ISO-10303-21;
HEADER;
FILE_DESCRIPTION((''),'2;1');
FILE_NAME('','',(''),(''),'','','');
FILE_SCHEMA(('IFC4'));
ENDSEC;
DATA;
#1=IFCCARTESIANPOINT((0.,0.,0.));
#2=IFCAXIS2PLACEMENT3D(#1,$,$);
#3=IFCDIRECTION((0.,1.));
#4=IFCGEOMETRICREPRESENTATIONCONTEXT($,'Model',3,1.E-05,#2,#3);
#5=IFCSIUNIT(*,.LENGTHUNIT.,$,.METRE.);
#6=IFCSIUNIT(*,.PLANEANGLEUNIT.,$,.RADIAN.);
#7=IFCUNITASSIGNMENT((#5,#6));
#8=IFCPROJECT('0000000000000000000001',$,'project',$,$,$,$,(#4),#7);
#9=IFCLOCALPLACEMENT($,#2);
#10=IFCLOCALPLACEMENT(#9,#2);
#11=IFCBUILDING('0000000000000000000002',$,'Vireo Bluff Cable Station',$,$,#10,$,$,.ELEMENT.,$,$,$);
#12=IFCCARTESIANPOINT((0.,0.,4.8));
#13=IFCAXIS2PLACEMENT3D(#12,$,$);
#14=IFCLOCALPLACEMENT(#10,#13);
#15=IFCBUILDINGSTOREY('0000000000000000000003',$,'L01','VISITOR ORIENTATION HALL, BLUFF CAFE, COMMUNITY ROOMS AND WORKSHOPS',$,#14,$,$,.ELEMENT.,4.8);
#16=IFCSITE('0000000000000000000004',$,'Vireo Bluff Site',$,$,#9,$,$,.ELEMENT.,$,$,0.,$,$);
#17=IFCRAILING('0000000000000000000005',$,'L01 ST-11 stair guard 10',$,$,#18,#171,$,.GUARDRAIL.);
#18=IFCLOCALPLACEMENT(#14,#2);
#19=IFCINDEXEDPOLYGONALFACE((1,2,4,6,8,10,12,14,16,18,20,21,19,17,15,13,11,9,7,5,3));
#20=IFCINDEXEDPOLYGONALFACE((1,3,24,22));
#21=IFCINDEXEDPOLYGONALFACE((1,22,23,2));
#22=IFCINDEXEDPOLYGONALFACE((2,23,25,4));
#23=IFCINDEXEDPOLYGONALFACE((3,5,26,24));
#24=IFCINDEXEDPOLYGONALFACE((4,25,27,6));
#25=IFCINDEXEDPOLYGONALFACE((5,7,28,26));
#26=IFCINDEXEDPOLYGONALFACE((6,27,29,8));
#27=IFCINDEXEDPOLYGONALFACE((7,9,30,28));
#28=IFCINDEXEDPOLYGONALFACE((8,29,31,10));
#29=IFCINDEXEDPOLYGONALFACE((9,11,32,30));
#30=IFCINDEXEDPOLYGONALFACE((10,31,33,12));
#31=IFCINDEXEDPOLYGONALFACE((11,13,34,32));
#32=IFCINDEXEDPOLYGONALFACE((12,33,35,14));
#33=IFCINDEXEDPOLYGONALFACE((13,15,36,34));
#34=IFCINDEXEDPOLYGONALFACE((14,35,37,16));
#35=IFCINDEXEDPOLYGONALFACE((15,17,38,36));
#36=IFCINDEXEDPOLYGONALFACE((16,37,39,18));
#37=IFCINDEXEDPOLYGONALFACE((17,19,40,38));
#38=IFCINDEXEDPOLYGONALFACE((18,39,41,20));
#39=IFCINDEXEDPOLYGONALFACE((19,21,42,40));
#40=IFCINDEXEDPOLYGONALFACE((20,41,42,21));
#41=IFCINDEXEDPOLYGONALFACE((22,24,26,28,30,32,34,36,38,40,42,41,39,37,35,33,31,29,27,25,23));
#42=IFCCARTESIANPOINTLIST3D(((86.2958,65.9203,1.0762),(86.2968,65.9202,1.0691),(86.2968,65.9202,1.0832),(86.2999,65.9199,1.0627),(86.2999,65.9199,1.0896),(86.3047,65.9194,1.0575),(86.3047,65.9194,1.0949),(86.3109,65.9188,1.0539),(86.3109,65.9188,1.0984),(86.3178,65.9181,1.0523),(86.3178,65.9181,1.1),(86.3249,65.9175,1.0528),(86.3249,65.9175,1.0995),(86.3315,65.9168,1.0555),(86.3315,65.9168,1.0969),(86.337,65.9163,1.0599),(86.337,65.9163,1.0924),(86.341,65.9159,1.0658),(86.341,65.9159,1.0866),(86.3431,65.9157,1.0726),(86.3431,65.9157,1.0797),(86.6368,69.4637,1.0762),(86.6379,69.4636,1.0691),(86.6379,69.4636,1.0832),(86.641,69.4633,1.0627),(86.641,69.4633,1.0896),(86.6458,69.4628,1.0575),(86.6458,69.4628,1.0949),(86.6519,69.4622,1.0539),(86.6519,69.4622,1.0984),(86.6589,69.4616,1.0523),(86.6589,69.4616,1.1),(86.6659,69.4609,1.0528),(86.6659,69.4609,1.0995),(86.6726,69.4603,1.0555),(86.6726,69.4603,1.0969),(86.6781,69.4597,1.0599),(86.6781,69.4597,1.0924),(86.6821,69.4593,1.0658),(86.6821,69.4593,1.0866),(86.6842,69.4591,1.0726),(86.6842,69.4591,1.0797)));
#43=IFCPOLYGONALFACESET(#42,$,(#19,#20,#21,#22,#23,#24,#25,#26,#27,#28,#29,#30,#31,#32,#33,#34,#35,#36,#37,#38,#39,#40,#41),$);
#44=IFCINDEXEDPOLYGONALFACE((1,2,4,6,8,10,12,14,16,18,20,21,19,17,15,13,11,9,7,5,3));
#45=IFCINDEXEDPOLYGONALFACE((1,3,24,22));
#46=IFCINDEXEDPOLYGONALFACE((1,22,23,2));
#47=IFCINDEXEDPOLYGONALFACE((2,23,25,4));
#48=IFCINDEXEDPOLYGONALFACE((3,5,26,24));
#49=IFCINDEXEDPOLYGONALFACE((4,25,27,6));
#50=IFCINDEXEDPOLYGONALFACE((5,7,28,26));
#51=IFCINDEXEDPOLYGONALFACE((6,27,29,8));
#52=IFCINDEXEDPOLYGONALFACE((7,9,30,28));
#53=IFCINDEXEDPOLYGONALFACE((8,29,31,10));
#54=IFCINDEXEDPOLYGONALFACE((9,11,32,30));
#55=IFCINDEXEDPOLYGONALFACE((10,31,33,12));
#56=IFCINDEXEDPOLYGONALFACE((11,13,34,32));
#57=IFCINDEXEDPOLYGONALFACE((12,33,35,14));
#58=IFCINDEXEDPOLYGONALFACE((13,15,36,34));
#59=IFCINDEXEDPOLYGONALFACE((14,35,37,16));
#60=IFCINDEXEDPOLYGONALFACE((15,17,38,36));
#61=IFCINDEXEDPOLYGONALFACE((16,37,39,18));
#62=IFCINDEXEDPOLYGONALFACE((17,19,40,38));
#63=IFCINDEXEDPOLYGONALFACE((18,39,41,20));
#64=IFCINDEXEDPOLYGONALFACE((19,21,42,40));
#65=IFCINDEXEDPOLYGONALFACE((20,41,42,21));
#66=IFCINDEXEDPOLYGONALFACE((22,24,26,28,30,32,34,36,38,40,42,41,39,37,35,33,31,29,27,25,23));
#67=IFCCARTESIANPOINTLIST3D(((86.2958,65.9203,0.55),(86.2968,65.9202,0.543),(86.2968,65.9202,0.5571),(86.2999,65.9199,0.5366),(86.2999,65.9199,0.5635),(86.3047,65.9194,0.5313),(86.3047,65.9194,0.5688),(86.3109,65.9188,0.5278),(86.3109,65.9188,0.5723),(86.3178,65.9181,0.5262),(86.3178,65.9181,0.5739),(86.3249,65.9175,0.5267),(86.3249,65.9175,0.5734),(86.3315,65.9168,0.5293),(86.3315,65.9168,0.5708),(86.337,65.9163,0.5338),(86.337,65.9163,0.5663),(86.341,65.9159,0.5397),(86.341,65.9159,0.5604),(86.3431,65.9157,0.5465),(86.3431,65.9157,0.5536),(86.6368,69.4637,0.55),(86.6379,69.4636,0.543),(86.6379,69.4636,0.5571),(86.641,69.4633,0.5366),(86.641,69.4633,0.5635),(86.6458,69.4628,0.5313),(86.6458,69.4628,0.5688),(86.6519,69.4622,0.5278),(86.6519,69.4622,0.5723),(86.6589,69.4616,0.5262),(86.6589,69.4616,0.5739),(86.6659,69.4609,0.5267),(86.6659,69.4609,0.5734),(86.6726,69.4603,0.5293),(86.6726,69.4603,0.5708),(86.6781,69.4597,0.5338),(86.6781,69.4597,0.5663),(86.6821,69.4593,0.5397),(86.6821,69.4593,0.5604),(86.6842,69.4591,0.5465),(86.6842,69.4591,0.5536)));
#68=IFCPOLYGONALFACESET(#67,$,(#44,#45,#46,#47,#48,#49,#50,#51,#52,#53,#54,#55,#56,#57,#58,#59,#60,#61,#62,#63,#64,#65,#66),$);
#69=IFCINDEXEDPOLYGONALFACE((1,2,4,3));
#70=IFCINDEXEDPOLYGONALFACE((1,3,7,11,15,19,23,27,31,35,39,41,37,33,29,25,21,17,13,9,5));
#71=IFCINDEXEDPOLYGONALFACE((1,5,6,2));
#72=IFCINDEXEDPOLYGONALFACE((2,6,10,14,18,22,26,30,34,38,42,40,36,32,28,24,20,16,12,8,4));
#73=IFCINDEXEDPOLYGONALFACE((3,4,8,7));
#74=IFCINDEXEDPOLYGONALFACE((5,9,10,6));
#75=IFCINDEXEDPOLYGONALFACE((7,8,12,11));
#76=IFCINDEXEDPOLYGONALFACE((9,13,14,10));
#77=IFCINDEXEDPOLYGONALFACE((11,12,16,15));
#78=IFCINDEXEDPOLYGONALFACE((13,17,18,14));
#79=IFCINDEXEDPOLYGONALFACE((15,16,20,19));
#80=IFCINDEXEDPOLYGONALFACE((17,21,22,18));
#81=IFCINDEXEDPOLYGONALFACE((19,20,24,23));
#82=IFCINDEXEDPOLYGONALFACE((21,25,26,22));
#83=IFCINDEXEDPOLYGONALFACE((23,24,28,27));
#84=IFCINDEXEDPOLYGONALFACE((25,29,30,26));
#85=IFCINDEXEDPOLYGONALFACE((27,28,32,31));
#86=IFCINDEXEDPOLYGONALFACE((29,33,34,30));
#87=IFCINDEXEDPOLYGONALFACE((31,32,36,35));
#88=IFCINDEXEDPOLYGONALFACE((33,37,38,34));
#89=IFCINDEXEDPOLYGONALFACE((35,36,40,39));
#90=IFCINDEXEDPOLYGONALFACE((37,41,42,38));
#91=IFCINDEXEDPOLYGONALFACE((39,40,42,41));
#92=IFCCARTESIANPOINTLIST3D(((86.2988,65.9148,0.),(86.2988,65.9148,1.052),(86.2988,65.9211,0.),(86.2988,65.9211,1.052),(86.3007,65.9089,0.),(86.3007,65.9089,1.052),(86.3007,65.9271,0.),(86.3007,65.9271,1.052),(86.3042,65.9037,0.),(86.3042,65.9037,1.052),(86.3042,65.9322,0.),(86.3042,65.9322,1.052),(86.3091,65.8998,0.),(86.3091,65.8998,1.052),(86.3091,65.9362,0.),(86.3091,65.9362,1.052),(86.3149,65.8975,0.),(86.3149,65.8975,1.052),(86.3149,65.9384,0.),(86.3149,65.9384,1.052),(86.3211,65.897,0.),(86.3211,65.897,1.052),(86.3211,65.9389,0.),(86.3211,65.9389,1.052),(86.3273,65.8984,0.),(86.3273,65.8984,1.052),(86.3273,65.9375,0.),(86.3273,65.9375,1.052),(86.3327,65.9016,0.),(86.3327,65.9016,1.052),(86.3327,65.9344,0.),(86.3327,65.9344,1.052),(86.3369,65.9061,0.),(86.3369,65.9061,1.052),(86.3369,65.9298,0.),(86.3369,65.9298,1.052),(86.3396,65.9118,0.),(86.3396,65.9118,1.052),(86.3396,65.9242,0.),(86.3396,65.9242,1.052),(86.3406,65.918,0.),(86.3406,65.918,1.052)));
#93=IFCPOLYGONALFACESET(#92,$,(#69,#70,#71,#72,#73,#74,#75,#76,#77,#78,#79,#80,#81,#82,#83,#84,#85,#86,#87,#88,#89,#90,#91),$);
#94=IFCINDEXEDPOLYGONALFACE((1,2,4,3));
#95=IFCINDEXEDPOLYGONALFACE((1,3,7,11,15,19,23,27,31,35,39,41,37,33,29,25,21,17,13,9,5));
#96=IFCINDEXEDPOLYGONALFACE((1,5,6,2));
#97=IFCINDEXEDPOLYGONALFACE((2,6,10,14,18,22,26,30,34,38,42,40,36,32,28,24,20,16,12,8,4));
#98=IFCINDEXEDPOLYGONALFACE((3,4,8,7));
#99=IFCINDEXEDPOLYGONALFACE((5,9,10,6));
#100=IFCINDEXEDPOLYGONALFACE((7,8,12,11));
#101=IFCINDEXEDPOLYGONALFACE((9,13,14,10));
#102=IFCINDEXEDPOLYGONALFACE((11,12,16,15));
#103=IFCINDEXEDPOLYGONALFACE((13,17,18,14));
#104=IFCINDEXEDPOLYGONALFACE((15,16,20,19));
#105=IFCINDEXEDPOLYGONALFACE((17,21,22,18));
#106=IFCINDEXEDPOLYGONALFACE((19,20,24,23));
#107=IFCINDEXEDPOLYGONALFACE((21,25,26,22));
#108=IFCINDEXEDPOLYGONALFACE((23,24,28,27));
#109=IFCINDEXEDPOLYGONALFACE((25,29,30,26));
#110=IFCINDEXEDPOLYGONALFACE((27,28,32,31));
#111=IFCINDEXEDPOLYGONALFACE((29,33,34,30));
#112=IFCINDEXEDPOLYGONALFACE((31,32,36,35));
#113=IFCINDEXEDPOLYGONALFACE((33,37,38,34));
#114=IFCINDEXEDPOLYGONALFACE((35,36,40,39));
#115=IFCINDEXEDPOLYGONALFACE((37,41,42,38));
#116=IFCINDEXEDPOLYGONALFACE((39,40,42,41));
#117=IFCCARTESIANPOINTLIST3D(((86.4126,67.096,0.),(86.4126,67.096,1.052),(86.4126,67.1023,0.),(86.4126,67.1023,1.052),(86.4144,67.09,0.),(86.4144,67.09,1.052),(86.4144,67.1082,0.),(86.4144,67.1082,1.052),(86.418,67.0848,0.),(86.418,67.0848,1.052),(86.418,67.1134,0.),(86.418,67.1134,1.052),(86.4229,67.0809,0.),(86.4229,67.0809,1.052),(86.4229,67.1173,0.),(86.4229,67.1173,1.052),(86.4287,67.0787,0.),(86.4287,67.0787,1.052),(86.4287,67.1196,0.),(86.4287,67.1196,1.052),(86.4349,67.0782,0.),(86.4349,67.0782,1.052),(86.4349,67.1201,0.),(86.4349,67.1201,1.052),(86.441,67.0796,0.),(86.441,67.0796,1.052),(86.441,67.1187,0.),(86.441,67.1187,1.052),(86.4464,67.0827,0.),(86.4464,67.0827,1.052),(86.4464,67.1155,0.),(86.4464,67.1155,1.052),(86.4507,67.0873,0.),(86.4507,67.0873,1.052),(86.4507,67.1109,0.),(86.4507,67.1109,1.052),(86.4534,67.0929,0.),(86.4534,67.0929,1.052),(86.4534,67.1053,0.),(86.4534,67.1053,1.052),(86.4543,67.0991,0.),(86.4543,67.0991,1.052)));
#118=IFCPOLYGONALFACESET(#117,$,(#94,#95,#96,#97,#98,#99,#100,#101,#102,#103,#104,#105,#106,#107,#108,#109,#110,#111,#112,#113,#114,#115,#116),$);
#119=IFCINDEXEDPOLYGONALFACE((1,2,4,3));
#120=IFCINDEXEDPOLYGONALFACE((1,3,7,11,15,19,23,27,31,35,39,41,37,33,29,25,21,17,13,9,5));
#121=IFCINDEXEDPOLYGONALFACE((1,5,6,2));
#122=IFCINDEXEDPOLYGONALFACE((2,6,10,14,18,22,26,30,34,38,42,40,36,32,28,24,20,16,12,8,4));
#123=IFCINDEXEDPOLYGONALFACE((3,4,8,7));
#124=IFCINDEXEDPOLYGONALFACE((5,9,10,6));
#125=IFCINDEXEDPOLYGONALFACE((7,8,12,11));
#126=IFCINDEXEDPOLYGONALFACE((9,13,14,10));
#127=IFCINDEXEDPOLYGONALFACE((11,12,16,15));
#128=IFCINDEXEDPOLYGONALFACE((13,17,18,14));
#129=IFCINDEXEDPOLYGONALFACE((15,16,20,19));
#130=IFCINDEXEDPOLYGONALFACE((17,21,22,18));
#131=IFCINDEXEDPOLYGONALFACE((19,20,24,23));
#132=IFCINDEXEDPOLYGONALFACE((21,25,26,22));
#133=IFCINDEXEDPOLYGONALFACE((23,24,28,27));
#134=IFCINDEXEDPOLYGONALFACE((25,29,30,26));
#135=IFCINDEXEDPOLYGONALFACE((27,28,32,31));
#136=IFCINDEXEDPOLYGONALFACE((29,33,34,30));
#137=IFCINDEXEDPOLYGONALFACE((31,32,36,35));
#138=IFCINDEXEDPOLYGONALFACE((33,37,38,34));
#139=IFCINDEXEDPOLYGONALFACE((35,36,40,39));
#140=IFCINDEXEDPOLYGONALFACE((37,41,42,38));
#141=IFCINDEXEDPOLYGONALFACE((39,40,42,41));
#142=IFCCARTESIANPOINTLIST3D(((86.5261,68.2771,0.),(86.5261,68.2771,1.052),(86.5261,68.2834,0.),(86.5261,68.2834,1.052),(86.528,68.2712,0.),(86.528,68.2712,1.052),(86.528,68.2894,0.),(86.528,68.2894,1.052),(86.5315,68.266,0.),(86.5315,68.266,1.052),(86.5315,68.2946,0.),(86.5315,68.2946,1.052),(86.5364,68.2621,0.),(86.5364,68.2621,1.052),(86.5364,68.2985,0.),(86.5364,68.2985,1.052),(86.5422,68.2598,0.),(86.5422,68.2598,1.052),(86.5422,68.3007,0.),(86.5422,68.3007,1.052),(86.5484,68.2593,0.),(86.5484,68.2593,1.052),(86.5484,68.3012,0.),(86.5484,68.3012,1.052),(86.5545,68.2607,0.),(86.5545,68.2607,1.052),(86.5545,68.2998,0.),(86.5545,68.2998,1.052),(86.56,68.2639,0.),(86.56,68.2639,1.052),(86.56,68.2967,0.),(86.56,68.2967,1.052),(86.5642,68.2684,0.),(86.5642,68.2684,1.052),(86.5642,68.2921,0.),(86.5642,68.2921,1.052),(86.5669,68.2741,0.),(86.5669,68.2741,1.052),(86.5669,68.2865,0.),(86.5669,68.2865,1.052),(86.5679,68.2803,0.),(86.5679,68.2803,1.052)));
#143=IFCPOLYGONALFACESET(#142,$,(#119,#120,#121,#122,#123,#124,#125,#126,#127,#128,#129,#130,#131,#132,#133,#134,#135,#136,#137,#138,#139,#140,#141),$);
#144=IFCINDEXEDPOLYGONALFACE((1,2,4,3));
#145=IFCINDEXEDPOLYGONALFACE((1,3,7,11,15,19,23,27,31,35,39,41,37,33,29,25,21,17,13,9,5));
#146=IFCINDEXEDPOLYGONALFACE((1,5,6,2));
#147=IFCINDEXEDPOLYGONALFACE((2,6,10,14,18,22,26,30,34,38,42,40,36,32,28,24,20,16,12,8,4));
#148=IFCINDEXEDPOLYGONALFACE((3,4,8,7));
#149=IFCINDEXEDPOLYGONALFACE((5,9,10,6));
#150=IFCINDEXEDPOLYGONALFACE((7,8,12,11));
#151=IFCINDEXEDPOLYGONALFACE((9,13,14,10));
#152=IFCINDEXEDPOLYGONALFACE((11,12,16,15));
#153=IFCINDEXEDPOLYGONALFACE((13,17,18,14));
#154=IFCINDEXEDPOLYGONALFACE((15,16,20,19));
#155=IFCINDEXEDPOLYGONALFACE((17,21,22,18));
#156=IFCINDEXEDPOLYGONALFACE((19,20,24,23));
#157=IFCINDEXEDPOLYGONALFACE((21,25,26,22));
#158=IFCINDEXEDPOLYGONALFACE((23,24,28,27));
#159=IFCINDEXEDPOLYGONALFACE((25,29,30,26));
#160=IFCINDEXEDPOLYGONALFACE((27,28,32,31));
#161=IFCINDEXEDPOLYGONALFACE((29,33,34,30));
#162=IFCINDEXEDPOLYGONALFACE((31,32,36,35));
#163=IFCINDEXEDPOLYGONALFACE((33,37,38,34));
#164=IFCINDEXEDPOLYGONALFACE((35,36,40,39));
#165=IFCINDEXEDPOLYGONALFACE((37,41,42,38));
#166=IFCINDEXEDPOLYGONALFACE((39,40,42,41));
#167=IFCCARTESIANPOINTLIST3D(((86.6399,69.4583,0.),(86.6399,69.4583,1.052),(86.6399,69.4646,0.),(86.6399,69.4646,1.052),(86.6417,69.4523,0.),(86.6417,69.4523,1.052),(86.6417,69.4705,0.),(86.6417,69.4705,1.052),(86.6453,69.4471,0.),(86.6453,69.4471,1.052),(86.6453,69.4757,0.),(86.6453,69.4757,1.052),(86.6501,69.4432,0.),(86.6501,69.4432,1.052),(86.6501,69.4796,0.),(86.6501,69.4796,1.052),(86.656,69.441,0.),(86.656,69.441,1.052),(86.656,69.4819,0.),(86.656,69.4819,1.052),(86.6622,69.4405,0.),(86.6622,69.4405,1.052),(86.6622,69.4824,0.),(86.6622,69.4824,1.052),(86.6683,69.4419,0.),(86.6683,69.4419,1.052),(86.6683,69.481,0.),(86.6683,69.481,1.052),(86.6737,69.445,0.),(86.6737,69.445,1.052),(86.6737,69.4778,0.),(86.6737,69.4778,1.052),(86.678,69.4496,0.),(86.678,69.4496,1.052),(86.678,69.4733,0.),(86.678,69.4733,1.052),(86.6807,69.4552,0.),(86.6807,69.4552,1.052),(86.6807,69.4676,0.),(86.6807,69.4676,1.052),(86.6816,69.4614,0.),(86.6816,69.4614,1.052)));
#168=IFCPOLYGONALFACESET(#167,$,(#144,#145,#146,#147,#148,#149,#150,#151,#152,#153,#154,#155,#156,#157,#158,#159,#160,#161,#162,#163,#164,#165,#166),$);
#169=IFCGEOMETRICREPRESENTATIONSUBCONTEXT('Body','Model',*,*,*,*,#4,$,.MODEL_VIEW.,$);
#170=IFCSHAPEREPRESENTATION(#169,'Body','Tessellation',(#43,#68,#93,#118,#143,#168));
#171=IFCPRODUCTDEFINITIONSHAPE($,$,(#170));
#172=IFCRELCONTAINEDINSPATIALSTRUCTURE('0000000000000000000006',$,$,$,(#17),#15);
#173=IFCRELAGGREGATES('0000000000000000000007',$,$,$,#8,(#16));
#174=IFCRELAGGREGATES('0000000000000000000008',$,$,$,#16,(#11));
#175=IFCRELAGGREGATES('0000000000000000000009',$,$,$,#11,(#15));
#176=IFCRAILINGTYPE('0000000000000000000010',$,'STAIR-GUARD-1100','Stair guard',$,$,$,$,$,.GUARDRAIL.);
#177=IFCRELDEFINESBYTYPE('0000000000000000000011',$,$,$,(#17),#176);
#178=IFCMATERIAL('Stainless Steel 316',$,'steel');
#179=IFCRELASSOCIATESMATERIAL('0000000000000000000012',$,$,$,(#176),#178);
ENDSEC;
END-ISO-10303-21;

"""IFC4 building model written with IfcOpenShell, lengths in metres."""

from ifc_helpers import new_model, si_unit, direction, frame, origin, origin_2d, place, context, subcontext, project, spatial, circle, extrude, material, type_object, element, save


model = new_model("IFC4")

# Units and contexts
model_context = context("Model", 3, precision=1e-05, world=origin(), true_north=direction((0.0, 1.0)))
body_context = subcontext(model_context, "Body", "Model", "MODEL_VIEW")
ifc_project = project(units=[si_unit("LENGTHUNIT", "METRE"), si_unit("PLANEANGLEUNIT", "RADIAN")], contexts=[model_context])

# Site, building, storey
site_placement = place(None, origin())
site = spatial("IfcSite", under=ifc_project, at=site_placement, Name="Vireo Bluff Site", CompositionType="ELEMENT", RefElevation=0.0)
building_placement = place(site_placement, origin())
building = spatial("IfcBuilding", under=site, at=building_placement, Name="Vireo Bluff Cable Station", CompositionType="ELEMENT")
storey_placement = place(building_placement, frame((0.0, 0.0, 4.8)))
storey = spatial("IfcBuildingStorey", under=building, at=storey_placement, Name="L01", Description="VISITOR ORIENTATION HALL, BLUFF CAFE, COMMUNITY ROOMS AND WORKSHOPS", CompositionType="ELEMENT", Elevation=4.8)

# Railing
ifc_material_1 = material(Name="Stainless Steel 316", Category="steel")
railing_type_1 = type_object("IfcRailingType", Name="STAIR-GUARD-1100", Description="Stair guard", PredefinedType="GUARDRAIL", material=ifc_material_1)
railing_1_placement = place(storey_placement, frame((86.3196, 65.918, 0.0)))
element("IfcRailing", 1, at=railing_1_placement, inside=storey, type_object=railing_type_1, Name="L01 ST-11 stair guard 10", PredefinedType="GUARDRAIL", context=body_context, shape_type="SweptSolid", body=[
    extrude(circle(Radius=0.0239, at=origin_2d()), frame((0.0, 0.0, 1.0762), z_axis=(0.095809, 0.9954, 0.0), x_axis=(-0.9954, 0.095809, 0.0)), (0.0, 0.0, 1.0), 3.5598),
    extrude(circle(Radius=0.0239, at=origin_2d()), frame((0.0, 0.0, 0.55), z_axis=(0.095809, 0.9954, 0.0), x_axis=(-0.9954, 0.095809, 0.0)), (0.0, 0.0, 1.0), 3.5598),
    extrude(circle(Radius=0.021, at=origin_2d()), origin(), (0.0, 0.0, 1.0), 1.052),
    extrude(circle(Radius=0.021, at=origin_2d()), frame((0.1138, 1.1812, 0.0)), (0.0, 0.0, 1.0), 1.052),
    extrude(circle(Radius=0.021, at=origin_2d()), frame((0.2273, 2.3623, 0.0)), (0.0, 0.0, 1.0), 1.052),
    extrude(circle(Radius=0.021, at=origin_2d()), frame((0.3411, 3.5435, 0.0)), (0.0, 0.0, 1.0), 1.052),
])

save(model, "model.ifc")
